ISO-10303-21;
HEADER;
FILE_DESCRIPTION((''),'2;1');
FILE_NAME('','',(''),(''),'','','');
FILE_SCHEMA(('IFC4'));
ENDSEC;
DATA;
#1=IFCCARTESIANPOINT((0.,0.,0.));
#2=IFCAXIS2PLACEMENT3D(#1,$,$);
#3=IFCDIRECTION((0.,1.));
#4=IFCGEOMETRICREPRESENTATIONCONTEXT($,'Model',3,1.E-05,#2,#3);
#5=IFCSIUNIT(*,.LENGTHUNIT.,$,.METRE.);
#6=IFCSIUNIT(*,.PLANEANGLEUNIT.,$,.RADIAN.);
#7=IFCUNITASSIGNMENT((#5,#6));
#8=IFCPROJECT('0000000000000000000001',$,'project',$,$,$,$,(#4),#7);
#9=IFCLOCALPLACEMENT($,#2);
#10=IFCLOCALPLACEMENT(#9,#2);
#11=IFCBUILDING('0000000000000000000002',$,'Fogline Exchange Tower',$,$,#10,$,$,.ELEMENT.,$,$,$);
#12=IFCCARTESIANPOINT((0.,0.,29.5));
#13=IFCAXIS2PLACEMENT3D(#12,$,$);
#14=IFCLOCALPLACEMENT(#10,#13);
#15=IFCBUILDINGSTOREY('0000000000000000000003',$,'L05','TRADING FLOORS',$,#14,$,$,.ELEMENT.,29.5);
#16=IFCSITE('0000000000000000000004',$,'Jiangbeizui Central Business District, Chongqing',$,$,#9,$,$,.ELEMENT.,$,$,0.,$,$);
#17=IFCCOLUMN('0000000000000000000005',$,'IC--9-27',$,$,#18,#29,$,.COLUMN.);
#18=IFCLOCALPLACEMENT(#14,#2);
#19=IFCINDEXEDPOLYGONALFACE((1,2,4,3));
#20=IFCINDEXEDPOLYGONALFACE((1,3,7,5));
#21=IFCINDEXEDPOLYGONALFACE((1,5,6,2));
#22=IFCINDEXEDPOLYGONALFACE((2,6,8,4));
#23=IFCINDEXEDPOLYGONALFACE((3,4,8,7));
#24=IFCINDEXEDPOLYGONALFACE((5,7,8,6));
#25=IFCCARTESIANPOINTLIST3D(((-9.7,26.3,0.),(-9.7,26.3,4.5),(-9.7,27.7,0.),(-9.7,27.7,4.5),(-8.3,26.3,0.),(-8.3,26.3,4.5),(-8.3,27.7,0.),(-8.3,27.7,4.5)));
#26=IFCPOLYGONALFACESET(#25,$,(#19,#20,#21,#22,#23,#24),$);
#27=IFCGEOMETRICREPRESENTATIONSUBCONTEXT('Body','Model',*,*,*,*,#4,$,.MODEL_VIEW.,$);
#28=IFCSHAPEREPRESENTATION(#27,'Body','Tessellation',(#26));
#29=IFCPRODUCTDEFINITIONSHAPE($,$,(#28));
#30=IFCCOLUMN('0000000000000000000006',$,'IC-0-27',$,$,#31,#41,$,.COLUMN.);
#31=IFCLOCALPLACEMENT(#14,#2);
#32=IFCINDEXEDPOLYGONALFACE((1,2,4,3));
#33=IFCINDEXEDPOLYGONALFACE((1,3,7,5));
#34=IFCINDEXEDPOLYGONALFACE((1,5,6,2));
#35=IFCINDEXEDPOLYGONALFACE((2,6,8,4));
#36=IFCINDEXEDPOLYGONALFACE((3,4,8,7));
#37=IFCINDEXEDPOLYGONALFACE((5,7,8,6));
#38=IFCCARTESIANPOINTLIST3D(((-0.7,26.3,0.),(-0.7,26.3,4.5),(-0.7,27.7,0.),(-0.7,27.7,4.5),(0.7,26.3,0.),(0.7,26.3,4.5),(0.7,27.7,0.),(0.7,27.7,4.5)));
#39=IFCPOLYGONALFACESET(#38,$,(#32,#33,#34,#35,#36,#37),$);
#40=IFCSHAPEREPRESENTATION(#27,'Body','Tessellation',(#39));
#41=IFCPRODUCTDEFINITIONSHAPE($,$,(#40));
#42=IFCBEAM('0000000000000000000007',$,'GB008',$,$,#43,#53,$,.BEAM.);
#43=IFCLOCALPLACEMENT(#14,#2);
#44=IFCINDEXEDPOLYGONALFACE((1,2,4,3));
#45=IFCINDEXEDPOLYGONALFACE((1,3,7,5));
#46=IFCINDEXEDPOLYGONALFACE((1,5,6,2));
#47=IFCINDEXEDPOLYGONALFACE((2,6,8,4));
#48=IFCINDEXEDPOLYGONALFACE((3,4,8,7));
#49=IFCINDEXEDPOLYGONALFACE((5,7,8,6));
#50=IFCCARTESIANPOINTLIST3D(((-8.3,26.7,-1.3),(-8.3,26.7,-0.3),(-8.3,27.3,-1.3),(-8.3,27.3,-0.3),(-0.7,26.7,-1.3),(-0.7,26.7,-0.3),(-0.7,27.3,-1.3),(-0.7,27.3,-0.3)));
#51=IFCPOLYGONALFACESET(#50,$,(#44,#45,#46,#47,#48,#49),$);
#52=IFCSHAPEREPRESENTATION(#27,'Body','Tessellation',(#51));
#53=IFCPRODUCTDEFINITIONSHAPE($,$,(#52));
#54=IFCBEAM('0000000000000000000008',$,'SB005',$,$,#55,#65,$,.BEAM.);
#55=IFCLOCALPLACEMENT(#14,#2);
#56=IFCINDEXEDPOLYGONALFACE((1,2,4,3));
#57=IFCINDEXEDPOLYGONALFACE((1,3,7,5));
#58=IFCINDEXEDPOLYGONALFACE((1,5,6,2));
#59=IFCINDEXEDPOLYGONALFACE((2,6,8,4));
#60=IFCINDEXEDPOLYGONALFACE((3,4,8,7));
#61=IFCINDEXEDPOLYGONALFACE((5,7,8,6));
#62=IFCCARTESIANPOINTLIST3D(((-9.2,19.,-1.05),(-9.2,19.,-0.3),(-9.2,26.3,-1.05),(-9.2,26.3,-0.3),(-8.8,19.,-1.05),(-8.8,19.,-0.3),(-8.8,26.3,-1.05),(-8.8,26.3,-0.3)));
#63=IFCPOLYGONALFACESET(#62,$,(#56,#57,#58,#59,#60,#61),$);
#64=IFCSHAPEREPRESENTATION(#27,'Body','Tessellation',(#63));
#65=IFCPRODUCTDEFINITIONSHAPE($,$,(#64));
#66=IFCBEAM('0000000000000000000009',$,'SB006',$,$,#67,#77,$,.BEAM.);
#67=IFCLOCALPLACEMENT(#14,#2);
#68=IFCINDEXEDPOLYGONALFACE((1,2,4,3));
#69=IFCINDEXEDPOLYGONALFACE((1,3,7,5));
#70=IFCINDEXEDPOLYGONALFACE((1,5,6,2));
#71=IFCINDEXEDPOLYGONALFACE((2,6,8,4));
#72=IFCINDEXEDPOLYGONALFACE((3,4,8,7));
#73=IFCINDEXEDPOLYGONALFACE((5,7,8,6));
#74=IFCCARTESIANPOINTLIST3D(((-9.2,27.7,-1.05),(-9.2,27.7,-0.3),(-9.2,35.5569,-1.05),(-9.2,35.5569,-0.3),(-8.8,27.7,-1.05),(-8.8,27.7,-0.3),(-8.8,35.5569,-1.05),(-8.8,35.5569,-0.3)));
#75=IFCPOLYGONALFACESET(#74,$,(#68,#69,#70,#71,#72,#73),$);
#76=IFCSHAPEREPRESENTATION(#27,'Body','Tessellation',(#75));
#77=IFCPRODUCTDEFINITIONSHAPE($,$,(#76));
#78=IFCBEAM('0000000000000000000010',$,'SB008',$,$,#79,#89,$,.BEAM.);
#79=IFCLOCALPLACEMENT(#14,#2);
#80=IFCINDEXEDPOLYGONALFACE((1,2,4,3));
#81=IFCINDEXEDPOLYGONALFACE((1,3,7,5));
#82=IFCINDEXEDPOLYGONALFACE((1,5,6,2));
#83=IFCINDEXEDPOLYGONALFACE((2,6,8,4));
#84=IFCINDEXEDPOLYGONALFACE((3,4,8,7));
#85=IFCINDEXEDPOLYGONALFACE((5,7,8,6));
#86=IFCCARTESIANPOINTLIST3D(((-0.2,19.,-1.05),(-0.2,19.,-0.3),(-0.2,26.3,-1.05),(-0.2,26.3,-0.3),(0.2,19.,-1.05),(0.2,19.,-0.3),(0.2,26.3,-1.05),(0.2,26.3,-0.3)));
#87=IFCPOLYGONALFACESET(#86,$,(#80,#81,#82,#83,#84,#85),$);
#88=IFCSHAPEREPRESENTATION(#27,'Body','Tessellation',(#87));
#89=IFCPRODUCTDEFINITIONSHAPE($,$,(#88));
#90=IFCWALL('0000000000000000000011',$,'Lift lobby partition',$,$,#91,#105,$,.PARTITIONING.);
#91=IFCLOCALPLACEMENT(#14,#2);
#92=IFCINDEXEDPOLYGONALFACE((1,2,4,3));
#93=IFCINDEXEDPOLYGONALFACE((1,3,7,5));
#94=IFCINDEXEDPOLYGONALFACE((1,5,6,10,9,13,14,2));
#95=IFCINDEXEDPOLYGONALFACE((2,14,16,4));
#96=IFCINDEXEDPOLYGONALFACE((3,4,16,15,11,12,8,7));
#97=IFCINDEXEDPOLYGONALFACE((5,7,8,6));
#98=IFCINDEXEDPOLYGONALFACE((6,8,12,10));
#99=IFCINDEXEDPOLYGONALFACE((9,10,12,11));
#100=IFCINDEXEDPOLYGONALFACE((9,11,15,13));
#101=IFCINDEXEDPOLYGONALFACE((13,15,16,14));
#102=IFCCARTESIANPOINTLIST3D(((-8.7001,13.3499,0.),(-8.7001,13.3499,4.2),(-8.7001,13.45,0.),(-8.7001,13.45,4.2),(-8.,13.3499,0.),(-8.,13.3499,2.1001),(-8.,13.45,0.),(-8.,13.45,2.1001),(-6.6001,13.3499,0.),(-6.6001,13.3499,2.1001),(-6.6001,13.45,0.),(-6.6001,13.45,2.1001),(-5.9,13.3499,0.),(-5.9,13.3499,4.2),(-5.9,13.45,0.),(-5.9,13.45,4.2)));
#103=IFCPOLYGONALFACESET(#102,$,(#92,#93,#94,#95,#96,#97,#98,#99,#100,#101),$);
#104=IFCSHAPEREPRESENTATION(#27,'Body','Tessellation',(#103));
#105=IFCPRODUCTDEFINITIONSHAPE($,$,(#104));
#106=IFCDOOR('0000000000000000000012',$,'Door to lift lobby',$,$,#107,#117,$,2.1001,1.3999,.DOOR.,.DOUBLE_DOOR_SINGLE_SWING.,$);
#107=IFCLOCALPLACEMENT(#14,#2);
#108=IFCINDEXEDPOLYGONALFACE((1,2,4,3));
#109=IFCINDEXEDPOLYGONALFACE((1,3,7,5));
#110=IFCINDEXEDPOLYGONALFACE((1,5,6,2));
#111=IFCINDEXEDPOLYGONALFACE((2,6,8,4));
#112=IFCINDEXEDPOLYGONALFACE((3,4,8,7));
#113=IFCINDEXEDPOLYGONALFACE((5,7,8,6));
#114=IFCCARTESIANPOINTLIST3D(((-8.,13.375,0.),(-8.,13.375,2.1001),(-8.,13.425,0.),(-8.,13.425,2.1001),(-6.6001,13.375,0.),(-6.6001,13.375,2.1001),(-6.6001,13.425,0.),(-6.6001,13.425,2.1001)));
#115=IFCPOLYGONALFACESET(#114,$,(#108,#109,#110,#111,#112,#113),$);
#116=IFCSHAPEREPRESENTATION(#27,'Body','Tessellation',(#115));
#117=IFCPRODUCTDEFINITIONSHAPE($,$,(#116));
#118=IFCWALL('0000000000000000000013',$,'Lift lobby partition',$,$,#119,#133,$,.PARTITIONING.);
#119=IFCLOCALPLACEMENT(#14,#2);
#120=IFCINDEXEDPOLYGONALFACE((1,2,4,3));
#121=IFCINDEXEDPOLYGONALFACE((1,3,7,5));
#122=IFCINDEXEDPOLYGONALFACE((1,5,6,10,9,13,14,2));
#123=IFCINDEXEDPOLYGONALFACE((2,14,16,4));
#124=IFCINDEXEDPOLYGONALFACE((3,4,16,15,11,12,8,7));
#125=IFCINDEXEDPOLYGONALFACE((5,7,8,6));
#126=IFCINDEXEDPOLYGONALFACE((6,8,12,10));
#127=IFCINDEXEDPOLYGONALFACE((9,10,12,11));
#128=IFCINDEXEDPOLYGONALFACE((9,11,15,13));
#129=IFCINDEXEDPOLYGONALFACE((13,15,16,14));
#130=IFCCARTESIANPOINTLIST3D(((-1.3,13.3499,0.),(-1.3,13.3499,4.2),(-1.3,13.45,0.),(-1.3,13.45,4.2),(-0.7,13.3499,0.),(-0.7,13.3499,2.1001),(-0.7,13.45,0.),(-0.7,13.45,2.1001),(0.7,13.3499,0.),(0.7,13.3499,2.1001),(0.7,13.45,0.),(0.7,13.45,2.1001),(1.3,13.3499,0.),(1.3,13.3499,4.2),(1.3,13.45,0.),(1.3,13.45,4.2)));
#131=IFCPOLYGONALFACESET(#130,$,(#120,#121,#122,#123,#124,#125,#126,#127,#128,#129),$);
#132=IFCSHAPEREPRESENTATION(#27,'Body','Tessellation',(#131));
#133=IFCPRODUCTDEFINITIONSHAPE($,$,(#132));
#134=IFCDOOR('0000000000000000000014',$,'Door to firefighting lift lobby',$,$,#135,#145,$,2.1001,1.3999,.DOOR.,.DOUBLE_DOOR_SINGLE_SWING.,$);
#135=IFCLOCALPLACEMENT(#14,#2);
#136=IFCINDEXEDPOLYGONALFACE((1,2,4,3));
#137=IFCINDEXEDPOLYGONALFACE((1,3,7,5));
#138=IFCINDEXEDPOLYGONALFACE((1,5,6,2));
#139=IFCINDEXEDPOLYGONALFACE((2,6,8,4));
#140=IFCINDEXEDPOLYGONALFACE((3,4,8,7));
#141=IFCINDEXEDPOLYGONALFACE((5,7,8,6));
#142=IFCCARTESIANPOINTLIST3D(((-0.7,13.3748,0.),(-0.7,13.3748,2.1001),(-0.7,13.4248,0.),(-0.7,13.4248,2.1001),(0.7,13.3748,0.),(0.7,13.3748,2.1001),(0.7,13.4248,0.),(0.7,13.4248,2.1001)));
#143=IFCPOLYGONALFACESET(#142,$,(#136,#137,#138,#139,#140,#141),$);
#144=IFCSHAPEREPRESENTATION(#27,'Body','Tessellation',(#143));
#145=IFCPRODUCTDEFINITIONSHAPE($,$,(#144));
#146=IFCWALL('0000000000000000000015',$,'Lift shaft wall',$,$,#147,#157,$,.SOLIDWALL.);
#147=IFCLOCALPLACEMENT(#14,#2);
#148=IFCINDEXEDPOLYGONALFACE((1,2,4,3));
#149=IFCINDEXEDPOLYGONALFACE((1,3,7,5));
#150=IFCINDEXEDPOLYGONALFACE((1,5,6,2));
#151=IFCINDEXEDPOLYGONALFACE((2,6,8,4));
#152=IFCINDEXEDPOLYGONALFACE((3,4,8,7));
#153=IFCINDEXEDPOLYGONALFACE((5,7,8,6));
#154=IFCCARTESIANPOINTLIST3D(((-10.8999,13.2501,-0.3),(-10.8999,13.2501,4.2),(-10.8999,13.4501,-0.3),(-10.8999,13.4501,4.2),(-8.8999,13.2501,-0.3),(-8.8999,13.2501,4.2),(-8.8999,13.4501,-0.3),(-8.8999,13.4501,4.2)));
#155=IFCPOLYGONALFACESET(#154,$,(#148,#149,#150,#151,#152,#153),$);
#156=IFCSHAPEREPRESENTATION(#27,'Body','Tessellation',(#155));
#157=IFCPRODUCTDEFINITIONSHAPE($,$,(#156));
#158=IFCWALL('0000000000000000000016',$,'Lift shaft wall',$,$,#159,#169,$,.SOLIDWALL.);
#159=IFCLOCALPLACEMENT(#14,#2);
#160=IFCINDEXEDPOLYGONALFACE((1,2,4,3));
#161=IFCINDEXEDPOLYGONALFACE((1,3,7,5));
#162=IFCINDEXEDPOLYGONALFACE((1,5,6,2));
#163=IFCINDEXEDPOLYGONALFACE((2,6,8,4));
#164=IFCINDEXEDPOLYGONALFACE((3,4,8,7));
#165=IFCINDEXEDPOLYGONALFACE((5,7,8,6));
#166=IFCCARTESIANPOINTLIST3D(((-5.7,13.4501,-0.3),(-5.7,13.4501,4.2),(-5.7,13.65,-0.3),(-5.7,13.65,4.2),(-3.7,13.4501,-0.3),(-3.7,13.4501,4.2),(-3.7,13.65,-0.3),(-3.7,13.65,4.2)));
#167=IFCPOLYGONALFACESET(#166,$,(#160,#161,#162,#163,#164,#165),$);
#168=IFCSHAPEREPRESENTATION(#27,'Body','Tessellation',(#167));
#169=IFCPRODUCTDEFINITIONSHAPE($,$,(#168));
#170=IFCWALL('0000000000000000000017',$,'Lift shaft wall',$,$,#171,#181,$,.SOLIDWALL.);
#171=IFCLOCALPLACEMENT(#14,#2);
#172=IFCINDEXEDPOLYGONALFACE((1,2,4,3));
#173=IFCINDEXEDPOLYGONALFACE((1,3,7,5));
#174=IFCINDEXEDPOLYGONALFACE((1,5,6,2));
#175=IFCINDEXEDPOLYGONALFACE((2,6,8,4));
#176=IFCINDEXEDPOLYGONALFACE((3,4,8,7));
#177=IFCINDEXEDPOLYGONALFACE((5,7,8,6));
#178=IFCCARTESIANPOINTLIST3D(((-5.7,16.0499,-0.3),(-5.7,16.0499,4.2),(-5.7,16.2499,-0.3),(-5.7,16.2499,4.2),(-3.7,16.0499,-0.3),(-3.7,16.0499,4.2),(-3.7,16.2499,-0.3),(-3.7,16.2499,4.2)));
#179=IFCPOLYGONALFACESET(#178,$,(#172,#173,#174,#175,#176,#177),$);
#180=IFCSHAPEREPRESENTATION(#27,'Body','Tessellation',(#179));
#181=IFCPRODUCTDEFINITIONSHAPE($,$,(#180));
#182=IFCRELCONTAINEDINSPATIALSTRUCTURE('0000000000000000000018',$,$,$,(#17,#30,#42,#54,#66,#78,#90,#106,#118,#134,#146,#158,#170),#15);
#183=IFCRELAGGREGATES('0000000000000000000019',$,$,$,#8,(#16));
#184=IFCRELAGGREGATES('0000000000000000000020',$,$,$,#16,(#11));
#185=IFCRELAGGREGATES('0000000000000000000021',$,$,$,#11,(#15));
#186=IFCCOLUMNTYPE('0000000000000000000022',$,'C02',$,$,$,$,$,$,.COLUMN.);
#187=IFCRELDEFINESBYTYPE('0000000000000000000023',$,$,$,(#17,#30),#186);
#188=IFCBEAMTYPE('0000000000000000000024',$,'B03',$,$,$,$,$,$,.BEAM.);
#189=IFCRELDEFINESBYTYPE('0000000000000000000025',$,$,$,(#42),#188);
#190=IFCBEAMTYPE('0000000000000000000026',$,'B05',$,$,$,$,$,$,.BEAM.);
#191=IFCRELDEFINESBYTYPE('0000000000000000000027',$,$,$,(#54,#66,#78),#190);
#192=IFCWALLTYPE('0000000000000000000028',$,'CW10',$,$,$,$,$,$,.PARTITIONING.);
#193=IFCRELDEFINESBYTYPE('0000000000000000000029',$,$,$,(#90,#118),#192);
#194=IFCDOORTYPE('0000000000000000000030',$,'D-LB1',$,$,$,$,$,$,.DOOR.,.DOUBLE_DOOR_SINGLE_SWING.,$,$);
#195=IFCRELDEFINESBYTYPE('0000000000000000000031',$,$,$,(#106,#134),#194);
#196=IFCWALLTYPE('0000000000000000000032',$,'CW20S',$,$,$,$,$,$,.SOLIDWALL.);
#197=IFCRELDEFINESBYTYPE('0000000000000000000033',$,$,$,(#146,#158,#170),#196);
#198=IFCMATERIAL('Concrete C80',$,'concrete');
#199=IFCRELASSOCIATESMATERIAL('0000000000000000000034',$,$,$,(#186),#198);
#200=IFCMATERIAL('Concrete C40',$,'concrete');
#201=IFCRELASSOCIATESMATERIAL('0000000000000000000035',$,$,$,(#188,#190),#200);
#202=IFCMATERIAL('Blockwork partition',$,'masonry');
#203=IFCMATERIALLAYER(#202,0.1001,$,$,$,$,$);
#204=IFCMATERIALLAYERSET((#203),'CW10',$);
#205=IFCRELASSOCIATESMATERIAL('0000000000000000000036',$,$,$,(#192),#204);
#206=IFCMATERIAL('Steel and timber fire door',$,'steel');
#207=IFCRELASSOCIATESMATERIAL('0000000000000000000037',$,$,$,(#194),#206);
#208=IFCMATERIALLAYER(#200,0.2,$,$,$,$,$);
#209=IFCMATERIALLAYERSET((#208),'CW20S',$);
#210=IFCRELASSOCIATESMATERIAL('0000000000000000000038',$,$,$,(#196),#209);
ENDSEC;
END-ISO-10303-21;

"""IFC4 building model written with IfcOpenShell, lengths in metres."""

from ifc_helpers import new_model, si_unit, direction, frame, frame_2d, origin, origin_2d, place, context, subcontext, project, spatial, rectangle, extrude, material, layer, layer_set, material_profile, profile_set, type_object, element, fill, save


model = new_model("IFC4")

# Units and contexts
model_context = context("Model", 3, precision=1e-05, world=origin(), true_north=direction((0.0, 1.0)))
body_context = subcontext(model_context, "Body", "Model", "MODEL_VIEW")
ifc_project = project(units=[si_unit("LENGTHUNIT", "METRE"), si_unit("PLANEANGLEUNIT", "RADIAN")], contexts=[model_context])

# Site, building, storey
site_placement = place(None, origin())
site = spatial("IfcSite", under=ifc_project, at=site_placement, Name="Jiangbeizui Central Business District, Chongqing", CompositionType="ELEMENT", RefElevation=0.0)
building_placement = place(site_placement, origin())
building = spatial("IfcBuilding", under=site, at=building_placement, Name="Fogline Exchange Tower", CompositionType="ELEMENT")
storey_placement = place(building_placement, frame((0.0, 0.0, 29.5)))
storey = spatial("IfcBuildingStorey", under=building, at=storey_placement, Name="L05", Description="TRADING FLOORS", CompositionType="ELEMENT", Elevation=29.5)

# Columns
ifc_material_1 = material(Name="Concrete C80", Category="concrete")
ifc_material_profile_1 = material_profile(ifc_material_1, rectangle(XDim=1.3999, YDim=1.3999, at=origin_2d()), Name="RC 1400x1400")
ifc_profile_set_1 = profile_set([ifc_material_profile_1], Name="Concrete C80")
column_type = type_object("IfcColumnType", Name="C02", PredefinedType="COLUMN", material=ifc_profile_set_1)
for number, where, z_axis, x_axis, name in (
    (1, (-9.0, 27.0, 0.0), (0.0, 0.0, 1.0), (1.0, 0.0, 0.0), "IC--9-27"),
    (2, (0.0, 27.0, 0.0), (0.0, 0.0, 1.0), (1.0, 0.0, 0.0), "IC-0-27"),
):
    element("IfcColumn", number, at=place(storey_placement, frame(where, z_axis=z_axis, x_axis=x_axis)), inside=storey, type_object=column_type, Name=name, PredefinedType="COLUMN", context=body_context, shape_type="SweptSolid", body=[
        extrude(rectangle(XDim=1.3999, YDim=1.3999, at=origin_2d()), origin(), (0.0, 0.0, 1.0), 4.5),
    ])

# Beams
ifc_material_2 = material(Name="Concrete C40", Category="concrete")
ifc_material_profile_2 = material_profile(ifc_material_2, rectangle(XDim=0.6001, YDim=1.0, at=origin_2d()), Name="RC 600x1000")
ifc_profile_set_2 = profile_set([ifc_material_profile_2], Name="Concrete C40")
beam_type_1 = type_object("IfcBeamType", Name="B03", PredefinedType="BEAM", material=ifc_profile_set_2)
beam_1_placement = place(storey_placement, frame((-8.3, 27.0, -0.8), z_axis=(1.0, 0.0, 0.0), x_axis=(0.0, 1.0, 0.0)))
element("IfcBeam", 3, at=beam_1_placement, inside=storey, type_object=beam_type_1, Name="GB008", PredefinedType="BEAM", context=body_context, shape_type="SweptSolid", body=[
    extrude(rectangle(XDim=0.6001, YDim=1.0, at=origin_2d()), origin(), (0.0, 0.0, 1.0), 7.6001),
])
ifc_material_profile_3 = material_profile(ifc_material_2, rectangle(XDim=0.3999, YDim=0.75, at=origin_2d()), Name="RC 400x750")
ifc_profile_set_3 = profile_set([ifc_material_profile_3], Name="Concrete C40")
beam_type_2 = type_object("IfcBeamType", Name="B05", PredefinedType="BEAM", material=ifc_profile_set_3)
beam_2_placement = place(storey_placement, frame((-9.0, 19.0, -0.675), z_axis=(0.0, 1.0, 0.0), x_axis=(-1.0, 0.0, 0.0)))
element("IfcBeam", 4, at=beam_2_placement, inside=storey, type_object=beam_type_2, Name="SB005", PredefinedType="BEAM", context=body_context, shape_type="SweptSolid", body=[
    extrude(rectangle(XDim=0.3999, YDim=0.75, at=origin_2d()), origin(), (0.0, 0.0, 1.0), 7.3),
])
beam_3_placement = place(storey_placement, frame((-9.0, 27.7, -0.675), z_axis=(0.0, 1.0, 0.0), x_axis=(-1.0, 0.0, 0.0)))
element("IfcBeam", 5, at=beam_3_placement, inside=storey, type_object=beam_type_2, Name="SB006", PredefinedType="BEAM", context=body_context, shape_type="SweptSolid", body=[
    extrude(rectangle(XDim=0.3999, YDim=0.75, at=origin_2d()), origin(), (0.0, 0.0, 1.0), 7.8569),
])
beam_4_placement = place(storey_placement, frame((0.0, 19.0, -0.675), z_axis=(0.0, 1.0, 0.0), x_axis=(-1.0, 0.0, 0.0)))
element("IfcBeam", 6, at=beam_4_placement, inside=storey, type_object=beam_type_2, Name="SB008", PredefinedType="BEAM", context=body_context, shape_type="SweptSolid", body=[
    extrude(rectangle(XDim=0.3999, YDim=0.75, at=origin_2d()), origin(), (0.0, 0.0, 1.0), 7.3),
])

# Walls, openings, doors
ifc_material_3 = material(Name="Blockwork partition", Category="masonry")
ifc_layer_1 = layer(ifc_material_3, 0.1001)
ifc_layer_set_1 = layer_set([ifc_layer_1], Name="CW10")
wall_type_1 = type_object("IfcWallType", Name="CW10", PredefinedType="PARTITIONING", material=ifc_layer_set_1)
wall_1_placement = place(storey_placement, frame((-8.7, 13.3999, 0.0), z_axis=(0.0, 0.0, 1.0), x_axis=(1.0, 0.0, 0.0)))
wall_1 = element("IfcWall", 7, at=wall_1_placement, inside=storey, type_object=wall_type_1, Name="Lift lobby partition", PredefinedType="PARTITIONING", context=body_context, shape_type="SweptSolid", body=[
    extrude(rectangle(XDim=2.8, YDim=0.1001, at=frame_2d((1.3999, 0.0))), origin(), (0.0, 0.0, 1.0), 4.2),
])
opening_1_placement = place(wall_1_placement, frame((0.7, 0.0, 0.0)))
opening_1 = element("IfcOpeningElement", 8, at=opening_1_placement, cuts=wall_1, PredefinedType="OPENING", context=body_context, shape_type="SweptSolid", body=[
    extrude(rectangle(XDim=1.3999, YDim=2.1001, at=frame_2d((0.7, 1.05))), frame((0.0, 0.0601, 0.0), z_axis=(0.0, -1.0, 0.0), x_axis=(1.0, 0.0, 0.0)), (0.0, 0.0, 1.0), 0.1201),
])
ifc_material_4 = material(Name="Steel and timber fire door", Category="steel")
door_type_1 = type_object("IfcDoorType", Name="D-LB1", OperationType="DOUBLE_DOOR_SINGLE_SWING", PredefinedType="DOOR", material=ifc_material_4)
door_1_placement = place(opening_1_placement, frame((1.3999, 0.0, 0.0), z_axis=(0.0, 0.0, 1.0), x_axis=(-1.0, 0.0, 0.0)))
door_1 = element("IfcDoor", 9, at=door_1_placement, inside=storey, type_object=door_type_1, Name="Door to lift lobby", OperationType="DOUBLE_DOOR_SINGLE_SWING", OverallHeight=2.1001, OverallWidth=1.3999, PredefinedType="DOOR", context=body_context, shape_type="SweptSolid", body=[
    extrude(rectangle(XDim=1.3999, YDim=2.1001, at=frame_2d((0.7, 1.05))), frame((0.0, 0.0249, 0.0), z_axis=(0.0, -1.0, 0.0), x_axis=(1.0, 0.0, 0.0)), (0.0, 0.0, 1.0), 0.05),
])
fill(opening_1, door_1)
wall_2_placement = place(storey_placement, frame((-1.3, 13.3999, 0.0), z_axis=(0.0, 0.0, 1.0), x_axis=(1.0, 0.0, 0.0)))
wall_2 = element("IfcWall", 10, at=wall_2_placement, inside=storey, type_object=wall_type_1, Name="Lift lobby partition", PredefinedType="PARTITIONING", context=body_context, shape_type="SweptSolid", body=[
    extrude(rectangle(XDim=2.6001, YDim=0.1001, at=frame_2d((1.3, 0.0))), origin(), (0.0, 0.0, 1.0), 4.2),
])
opening_2_placement = place(wall_2_placement, frame((0.6001, 0.0, 0.0)))
opening_2 = element("IfcOpeningElement", 11, at=opening_2_placement, cuts=wall_2, PredefinedType="OPENING", context=body_context, shape_type="SweptSolid", body=[
    extrude(rectangle(XDim=1.3999, YDim=2.1001, at=frame_2d((0.7, 1.05))), frame((0.0, 0.0601, 0.0), z_axis=(0.0, -1.0, 0.0), x_axis=(1.0, 0.0, 0.0)), (0.0, 0.0, 1.0), 0.1201),
])
door_2_placement = place(opening_2_placement, origin())
door_2 = element("IfcDoor", 12, at=door_2_placement, inside=storey, type_object=door_type_1, Name="Door to firefighting lift lobby", OperationType="DOUBLE_DOOR_SINGLE_SWING", OverallHeight=2.1001, OverallWidth=1.3999, PredefinedType="DOOR", context=body_context, shape_type="SweptSolid", body=[
    extrude(rectangle(XDim=1.3999, YDim=2.1001, at=frame_2d((0.7, 1.05))), frame((0.0, 0.0249, 0.0), z_axis=(0.0, -1.0, 0.0), x_axis=(1.0, 0.0, 0.0)), (0.0, 0.0, 1.0), 0.05),
])
fill(opening_2, door_2)

# Walls
ifc_layer_2 = layer(ifc_material_2, 0.2)
ifc_layer_set_2 = layer_set([ifc_layer_2], Name="CW20S")
wall_type_2 = type_object("IfcWallType", Name="CW20S", PredefinedType="SOLIDWALL", material=ifc_layer_set_2)
for number, where, z_axis, x_axis, name in (
    (13, (-10.8999, 13.3501, -0.3), (0.0, 0.0, 1.0), (1.0, 0.0, 0.0), "Lift shaft wall"),
    (14, (-5.7, 13.55, -0.3), (0.0, 0.0, 1.0), (1.0, 0.0, 0.0), "Lift shaft wall"),
    (15, (-5.7, 16.1499, -0.3), (0.0, 0.0, 1.0), (1.0, 0.0, 0.0), "Lift shaft wall"),
):
    element("IfcWall", number, at=place(storey_placement, frame(where, z_axis=z_axis, x_axis=x_axis)), inside=storey, type_object=wall_type_2, Name=name, PredefinedType="SOLIDWALL", context=body_context, shape_type="SweptSolid", body=[
        extrude(rectangle(XDim=2.0, YDim=0.2, at=frame_2d((1.0, 0.0))), origin(), (0.0, 0.0, 1.0), 4.5),
    ])

save(model, "model.ifc")
